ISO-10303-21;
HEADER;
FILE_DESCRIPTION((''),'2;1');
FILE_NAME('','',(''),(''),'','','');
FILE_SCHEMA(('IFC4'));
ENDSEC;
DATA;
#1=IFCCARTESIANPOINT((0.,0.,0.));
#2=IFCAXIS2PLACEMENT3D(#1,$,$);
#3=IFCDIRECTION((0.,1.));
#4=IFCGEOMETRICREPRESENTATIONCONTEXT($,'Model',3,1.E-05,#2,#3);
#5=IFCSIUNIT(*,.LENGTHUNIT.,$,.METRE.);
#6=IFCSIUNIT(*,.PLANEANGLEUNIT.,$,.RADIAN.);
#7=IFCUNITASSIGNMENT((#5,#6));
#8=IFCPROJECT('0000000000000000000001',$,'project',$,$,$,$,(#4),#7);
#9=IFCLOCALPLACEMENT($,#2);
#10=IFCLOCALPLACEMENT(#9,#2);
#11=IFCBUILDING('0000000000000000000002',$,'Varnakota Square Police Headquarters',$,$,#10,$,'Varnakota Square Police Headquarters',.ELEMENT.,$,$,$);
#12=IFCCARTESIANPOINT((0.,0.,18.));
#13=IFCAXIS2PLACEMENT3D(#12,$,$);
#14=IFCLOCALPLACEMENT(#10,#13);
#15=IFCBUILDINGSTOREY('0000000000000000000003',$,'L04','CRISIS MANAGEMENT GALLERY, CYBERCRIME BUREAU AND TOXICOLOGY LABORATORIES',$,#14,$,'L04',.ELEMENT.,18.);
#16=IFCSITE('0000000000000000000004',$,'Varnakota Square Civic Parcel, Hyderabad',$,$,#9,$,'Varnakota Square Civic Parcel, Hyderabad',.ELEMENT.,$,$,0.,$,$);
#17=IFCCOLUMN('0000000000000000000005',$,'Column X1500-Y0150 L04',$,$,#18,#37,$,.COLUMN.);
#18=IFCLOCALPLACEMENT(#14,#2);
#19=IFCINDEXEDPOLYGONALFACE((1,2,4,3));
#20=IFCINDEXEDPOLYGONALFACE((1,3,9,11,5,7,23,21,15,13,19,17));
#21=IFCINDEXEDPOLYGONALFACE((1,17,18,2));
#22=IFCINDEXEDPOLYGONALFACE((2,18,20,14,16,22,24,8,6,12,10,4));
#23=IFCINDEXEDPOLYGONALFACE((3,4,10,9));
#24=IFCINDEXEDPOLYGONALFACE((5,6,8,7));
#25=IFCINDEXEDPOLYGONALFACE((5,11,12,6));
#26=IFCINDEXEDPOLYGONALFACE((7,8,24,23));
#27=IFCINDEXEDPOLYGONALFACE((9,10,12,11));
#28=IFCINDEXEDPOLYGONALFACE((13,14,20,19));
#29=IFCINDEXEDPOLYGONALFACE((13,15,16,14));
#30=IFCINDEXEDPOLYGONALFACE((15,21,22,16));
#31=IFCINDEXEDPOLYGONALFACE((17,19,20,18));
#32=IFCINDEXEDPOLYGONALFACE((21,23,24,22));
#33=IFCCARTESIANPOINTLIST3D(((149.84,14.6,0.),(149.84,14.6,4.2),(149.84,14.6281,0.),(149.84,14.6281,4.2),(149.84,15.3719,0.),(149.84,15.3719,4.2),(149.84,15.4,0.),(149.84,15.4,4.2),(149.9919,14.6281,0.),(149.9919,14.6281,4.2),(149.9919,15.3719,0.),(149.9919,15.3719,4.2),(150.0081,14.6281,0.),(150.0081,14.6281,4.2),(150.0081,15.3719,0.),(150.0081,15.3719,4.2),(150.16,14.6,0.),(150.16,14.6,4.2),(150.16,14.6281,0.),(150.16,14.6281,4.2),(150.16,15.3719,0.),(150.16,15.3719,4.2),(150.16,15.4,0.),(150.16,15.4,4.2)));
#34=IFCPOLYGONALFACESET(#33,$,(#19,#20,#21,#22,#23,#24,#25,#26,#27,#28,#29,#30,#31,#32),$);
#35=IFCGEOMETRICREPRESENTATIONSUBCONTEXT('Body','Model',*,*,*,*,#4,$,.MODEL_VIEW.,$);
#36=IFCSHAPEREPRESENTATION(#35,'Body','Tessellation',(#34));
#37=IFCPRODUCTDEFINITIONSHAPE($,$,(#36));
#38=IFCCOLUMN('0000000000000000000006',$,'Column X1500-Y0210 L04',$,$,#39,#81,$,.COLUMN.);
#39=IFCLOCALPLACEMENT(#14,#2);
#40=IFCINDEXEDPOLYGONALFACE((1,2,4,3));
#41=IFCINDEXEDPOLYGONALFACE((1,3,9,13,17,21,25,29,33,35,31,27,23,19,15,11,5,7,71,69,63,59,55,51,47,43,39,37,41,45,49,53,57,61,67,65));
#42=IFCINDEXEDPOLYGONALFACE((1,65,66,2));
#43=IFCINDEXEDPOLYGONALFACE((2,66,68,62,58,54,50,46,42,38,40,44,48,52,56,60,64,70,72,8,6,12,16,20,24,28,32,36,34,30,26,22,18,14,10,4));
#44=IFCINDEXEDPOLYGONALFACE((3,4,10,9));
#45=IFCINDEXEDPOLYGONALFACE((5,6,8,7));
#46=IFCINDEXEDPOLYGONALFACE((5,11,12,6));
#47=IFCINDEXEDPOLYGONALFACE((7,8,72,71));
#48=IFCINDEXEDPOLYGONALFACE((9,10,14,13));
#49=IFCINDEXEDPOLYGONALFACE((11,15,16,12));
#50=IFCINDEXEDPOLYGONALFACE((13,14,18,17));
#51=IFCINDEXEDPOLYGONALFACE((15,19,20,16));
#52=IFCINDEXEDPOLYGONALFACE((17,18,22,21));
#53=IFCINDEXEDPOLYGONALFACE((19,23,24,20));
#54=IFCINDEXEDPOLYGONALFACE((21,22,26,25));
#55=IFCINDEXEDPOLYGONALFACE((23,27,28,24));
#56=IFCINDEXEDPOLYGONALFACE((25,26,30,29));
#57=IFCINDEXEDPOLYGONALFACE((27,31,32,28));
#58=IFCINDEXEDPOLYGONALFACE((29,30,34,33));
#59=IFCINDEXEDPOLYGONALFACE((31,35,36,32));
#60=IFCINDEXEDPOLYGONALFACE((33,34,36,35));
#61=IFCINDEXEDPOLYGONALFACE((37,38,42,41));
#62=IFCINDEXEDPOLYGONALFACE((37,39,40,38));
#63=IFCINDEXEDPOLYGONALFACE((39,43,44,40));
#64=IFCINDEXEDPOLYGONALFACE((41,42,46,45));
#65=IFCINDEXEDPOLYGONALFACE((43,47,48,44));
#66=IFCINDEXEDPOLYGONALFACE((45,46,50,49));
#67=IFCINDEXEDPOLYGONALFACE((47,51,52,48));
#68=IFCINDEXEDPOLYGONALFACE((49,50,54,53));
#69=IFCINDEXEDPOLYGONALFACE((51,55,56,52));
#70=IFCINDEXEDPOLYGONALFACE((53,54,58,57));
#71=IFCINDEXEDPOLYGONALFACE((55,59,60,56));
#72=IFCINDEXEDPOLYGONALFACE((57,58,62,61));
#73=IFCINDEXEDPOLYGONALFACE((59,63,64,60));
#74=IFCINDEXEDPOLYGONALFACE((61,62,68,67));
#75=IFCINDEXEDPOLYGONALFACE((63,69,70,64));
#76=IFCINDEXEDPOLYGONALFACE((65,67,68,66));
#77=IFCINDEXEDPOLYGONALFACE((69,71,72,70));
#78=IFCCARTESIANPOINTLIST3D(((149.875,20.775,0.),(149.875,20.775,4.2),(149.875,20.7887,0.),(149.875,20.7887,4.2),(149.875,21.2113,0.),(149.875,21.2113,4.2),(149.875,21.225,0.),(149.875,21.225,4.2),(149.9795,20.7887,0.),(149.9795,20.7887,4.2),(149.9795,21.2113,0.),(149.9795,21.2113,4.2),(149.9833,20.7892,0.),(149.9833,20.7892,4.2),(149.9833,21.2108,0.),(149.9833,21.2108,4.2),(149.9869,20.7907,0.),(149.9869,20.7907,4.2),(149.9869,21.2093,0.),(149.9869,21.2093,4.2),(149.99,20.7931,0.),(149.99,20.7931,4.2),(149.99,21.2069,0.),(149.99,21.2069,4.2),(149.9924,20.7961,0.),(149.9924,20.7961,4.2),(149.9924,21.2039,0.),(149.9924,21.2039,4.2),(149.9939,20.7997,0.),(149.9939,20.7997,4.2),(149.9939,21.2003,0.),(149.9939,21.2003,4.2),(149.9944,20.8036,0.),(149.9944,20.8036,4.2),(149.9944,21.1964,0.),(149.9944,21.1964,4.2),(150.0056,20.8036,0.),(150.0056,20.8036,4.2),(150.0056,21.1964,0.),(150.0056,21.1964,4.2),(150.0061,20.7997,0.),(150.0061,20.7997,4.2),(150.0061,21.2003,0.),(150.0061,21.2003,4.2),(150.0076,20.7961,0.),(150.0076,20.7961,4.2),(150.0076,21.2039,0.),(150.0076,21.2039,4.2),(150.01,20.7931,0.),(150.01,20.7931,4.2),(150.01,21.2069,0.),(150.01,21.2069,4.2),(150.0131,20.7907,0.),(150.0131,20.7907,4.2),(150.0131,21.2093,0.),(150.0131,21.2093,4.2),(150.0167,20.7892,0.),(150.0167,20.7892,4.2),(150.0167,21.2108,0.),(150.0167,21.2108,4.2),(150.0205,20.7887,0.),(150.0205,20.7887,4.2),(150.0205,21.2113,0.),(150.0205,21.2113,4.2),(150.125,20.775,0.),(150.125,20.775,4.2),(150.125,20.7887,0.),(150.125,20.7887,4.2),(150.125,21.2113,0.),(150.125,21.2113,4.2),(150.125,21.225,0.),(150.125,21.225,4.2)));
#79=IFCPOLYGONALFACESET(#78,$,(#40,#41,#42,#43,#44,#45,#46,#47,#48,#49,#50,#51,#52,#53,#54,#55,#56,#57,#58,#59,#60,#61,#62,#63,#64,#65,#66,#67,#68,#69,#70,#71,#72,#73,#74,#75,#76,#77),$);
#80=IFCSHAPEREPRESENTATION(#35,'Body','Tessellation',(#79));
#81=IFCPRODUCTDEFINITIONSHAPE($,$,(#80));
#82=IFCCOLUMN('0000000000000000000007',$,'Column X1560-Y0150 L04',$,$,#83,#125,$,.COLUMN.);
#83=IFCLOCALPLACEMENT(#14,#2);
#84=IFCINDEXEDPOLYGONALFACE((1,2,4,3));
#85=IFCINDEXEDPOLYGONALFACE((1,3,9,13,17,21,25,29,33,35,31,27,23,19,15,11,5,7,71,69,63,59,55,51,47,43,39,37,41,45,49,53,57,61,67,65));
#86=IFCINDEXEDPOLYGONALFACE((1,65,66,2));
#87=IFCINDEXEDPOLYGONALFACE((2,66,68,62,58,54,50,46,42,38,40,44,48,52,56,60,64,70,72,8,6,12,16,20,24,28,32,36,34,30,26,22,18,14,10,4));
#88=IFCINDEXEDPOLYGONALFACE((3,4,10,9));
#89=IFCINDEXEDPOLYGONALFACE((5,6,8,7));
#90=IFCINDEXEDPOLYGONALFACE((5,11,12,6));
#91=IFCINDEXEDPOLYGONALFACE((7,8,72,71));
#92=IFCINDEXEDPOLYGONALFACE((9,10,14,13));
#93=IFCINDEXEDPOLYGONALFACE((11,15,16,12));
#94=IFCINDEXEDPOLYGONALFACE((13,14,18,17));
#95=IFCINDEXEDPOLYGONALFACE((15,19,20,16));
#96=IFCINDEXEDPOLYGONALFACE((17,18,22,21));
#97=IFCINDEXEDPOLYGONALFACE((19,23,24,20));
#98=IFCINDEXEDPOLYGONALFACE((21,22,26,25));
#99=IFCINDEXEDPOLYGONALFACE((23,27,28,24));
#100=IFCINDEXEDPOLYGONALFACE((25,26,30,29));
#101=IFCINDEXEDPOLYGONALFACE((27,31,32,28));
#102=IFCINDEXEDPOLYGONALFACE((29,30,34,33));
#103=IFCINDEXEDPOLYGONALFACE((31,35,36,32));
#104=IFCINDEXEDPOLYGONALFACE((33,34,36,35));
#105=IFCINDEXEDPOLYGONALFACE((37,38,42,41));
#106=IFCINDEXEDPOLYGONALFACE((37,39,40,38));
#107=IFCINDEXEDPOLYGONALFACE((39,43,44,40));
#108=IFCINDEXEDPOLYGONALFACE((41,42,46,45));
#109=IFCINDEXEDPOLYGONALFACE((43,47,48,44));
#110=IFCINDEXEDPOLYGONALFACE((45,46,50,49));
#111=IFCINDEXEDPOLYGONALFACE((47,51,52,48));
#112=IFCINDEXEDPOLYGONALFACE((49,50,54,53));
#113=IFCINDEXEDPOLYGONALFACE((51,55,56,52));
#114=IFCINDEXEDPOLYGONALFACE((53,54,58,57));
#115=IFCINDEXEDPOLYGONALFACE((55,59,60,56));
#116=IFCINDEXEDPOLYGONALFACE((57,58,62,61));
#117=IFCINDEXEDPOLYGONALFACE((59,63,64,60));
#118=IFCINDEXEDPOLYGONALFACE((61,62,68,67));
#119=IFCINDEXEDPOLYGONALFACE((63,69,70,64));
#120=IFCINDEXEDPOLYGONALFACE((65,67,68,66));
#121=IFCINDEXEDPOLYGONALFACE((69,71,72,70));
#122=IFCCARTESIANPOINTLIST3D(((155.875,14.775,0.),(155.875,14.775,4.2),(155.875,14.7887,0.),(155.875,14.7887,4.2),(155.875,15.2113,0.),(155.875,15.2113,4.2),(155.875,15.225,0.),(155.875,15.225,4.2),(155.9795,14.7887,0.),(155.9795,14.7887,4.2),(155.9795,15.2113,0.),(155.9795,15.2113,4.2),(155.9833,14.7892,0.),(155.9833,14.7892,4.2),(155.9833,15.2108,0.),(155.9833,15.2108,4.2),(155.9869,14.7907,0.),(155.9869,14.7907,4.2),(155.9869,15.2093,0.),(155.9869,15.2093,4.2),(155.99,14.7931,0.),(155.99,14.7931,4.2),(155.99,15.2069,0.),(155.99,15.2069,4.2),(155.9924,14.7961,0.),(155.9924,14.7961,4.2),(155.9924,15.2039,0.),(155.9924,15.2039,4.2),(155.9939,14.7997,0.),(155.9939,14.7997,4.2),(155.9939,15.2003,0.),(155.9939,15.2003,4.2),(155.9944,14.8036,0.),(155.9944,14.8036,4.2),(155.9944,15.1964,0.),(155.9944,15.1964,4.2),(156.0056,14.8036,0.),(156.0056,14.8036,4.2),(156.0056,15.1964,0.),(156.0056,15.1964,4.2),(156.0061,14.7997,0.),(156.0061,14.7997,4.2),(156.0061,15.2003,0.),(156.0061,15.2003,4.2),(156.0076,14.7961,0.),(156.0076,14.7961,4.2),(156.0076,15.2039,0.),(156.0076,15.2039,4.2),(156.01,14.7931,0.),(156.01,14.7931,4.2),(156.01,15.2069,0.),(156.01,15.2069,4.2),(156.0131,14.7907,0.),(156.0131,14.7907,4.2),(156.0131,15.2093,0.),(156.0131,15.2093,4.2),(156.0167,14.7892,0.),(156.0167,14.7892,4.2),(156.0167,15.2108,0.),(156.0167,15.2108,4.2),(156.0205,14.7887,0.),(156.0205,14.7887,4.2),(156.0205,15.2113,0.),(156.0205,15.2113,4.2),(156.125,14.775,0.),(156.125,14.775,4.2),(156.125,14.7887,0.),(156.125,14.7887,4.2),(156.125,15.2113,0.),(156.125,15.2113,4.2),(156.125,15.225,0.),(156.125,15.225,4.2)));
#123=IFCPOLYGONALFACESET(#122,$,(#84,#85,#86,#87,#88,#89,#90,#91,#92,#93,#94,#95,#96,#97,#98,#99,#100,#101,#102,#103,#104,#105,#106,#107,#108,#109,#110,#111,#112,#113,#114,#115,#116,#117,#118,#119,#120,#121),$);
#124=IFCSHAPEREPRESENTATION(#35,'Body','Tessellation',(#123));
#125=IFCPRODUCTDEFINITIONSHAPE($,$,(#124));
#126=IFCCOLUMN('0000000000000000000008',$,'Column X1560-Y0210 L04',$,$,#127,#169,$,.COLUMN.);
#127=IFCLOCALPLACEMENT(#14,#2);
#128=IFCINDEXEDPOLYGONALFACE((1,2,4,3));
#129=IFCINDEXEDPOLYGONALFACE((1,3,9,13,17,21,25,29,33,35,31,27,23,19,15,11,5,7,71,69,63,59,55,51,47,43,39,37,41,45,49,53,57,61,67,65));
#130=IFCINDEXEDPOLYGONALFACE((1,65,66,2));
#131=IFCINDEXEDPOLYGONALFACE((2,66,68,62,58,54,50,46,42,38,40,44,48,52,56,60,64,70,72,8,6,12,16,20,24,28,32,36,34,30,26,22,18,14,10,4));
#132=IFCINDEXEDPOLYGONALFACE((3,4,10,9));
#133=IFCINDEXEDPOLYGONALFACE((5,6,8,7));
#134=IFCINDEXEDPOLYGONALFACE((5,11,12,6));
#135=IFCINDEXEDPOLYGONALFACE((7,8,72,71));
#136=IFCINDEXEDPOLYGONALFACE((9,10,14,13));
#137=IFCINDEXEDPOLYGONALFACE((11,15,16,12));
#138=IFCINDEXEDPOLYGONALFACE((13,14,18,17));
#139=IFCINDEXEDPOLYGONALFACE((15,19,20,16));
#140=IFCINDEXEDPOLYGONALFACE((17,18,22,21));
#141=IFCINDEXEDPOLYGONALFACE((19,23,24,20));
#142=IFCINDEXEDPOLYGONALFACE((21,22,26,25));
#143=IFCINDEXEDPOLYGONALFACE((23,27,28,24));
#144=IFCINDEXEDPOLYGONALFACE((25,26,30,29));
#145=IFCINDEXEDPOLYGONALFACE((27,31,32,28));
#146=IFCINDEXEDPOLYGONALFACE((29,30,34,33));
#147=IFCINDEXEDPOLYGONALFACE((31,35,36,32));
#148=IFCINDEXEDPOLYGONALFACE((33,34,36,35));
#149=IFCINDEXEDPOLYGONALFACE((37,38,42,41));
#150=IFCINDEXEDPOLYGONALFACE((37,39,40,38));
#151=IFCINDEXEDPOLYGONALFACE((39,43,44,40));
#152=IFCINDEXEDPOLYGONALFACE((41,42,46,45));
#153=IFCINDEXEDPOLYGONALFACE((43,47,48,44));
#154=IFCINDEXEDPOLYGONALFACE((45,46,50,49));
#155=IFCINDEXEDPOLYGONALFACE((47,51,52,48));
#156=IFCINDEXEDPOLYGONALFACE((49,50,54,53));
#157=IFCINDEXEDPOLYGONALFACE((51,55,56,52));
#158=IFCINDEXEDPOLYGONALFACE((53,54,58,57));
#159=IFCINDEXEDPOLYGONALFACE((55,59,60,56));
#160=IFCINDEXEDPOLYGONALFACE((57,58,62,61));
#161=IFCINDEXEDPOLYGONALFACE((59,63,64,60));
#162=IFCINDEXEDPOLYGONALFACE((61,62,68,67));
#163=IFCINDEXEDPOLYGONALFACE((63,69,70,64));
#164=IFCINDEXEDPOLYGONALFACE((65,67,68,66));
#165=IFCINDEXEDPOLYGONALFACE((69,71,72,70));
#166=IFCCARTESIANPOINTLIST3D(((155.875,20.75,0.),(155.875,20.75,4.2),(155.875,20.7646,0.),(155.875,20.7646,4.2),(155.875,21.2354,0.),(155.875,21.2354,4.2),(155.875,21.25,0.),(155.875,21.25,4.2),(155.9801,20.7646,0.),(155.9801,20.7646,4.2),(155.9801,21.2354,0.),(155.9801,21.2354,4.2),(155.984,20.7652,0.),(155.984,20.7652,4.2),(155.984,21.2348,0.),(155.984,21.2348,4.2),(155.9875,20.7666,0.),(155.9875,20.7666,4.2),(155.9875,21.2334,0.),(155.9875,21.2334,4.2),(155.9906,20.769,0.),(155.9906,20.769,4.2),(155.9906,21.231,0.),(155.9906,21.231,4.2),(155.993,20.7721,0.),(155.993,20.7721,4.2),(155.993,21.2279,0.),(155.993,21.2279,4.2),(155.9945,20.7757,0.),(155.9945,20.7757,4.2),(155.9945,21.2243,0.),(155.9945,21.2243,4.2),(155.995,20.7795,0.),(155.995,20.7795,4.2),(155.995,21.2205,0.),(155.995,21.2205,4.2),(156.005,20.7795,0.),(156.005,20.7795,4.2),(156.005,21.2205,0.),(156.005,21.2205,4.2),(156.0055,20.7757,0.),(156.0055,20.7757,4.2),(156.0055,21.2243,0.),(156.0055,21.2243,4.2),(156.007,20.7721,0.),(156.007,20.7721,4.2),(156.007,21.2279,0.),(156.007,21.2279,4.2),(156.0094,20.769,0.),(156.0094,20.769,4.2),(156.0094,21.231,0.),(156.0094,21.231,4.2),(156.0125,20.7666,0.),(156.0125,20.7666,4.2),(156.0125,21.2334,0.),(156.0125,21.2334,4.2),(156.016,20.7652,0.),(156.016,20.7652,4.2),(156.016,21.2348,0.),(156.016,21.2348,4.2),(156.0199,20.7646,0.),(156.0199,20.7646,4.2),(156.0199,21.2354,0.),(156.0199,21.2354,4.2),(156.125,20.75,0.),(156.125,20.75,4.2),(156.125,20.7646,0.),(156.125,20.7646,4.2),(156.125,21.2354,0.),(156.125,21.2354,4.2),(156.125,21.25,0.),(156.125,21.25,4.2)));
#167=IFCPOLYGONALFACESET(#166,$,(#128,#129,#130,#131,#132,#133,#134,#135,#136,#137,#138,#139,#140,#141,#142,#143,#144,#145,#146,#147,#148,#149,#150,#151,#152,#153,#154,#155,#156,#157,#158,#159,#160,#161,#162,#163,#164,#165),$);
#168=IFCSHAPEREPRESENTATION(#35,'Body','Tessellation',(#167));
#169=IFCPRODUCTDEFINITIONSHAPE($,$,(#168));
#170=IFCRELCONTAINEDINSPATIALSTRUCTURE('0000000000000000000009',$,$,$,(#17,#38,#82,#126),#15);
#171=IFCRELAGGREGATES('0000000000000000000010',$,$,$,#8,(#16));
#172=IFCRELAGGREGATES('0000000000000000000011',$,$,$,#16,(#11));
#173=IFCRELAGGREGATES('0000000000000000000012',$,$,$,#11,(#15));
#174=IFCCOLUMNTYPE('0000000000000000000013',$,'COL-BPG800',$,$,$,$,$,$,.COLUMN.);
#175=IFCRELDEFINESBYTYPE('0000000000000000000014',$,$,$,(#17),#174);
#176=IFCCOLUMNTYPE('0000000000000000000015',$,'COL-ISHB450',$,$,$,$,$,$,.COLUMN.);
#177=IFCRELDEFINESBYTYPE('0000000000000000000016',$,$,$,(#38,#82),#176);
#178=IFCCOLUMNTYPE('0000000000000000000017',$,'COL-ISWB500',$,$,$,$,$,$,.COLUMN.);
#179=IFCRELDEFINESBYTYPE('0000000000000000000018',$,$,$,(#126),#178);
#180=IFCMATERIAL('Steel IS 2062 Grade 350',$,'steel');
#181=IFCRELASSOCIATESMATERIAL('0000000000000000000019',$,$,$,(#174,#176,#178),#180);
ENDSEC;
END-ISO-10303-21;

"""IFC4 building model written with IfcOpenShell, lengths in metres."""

from ifc_helpers import new_model, si_unit, direction, frame, origin, origin_2d, place, context, subcontext, project, spatial, i_section, extrude, material, material_profile, profile_set, type_object, element, save


model = new_model("IFC4")

# Units and contexts
model_context = context("Model", 3, precision=1e-05, world=origin(), true_north=direction((0.0, 1.0)))
body_context = subcontext(model_context, "Body", "Model", "MODEL_VIEW")
ifc_project = project(units=[si_unit("LENGTHUNIT", "METRE"), si_unit("PLANEANGLEUNIT", "RADIAN")], contexts=[model_context])

# Site, building, storey
site_placement = place(None, origin())
site = spatial("IfcSite", under=ifc_project, at=site_placement, Name="Varnakota Square Civic Parcel, Hyderabad", LongName="Varnakota Square Civic Parcel, Hyderabad", CompositionType="ELEMENT", RefElevation=0.0)
building_placement = place(site_placement, origin())
building = spatial("IfcBuilding", under=site, at=building_placement, Name="Varnakota Square Police Headquarters", LongName="Varnakota Square Police Headquarters", CompositionType="ELEMENT")
storey_placement = place(building_placement, frame((0.0, 0.0, 18.0)))
storey = spatial("IfcBuildingStorey", under=building, at=storey_placement, Name="L04", Description="CRISIS MANAGEMENT GALLERY, CYBERCRIME BUREAU AND TOXICOLOGY LABORATORIES", LongName="L04", CompositionType="ELEMENT", Elevation=18.0)

# Columns
ifc_material_1 = material(Name="Steel IS 2062 Grade 350", Category="steel")
ifc_material_profile_1 = material_profile(ifc_material_1, i_section(OverallWidth=0.3201, OverallDepth=0.8, WebThickness=0.0161, FlangeThickness=0.0281, at=origin_2d()), Name="BPG 800x320")
ifc_profile_set_1 = profile_set([ifc_material_profile_1], Name="Steel IS 2062 Grade 350")
column_type_1 = type_object("IfcColumnType", Name="COL-BPG800", PredefinedType="COLUMN", material=ifc_profile_set_1)
column_1_placement = place(storey_placement, frame((150.0, 15.0, 0.0), z_axis=(0.0, 0.0, 1.0), x_axis=(1.0, 0.0, 0.0)))
element("IfcColumn", 1, at=column_1_placement, inside=storey, type_object=column_type_1, Name="Column X1500-Y0150 L04", PredefinedType="COLUMN", context=body_context, shape_type="SweptSolid", body=[
    extrude(i_section(OverallWidth=0.3201, OverallDepth=0.8, WebThickness=0.0161, FlangeThickness=0.0281, at=origin_2d()), origin(), (0.0, 0.0, 1.0), 4.2),
])
ifc_material_profile_2 = material_profile(ifc_material_1, i_section(OverallWidth=0.25, OverallDepth=0.45, WebThickness=0.0112, FlangeThickness=0.0137, FilletRadius=0.0149, at=origin_2d()), Name="ISHB 450")
ifc_profile_set_2 = profile_set([ifc_material_profile_2], Name="Steel IS 2062 Grade 350")
column_type_2 = type_object("IfcColumnType", Name="COL-ISHB450", PredefinedType="COLUMN", material=ifc_profile_set_2)
for number, where, z_axis, x_axis, name in (
    (2, (150.0, 21.0, 0.0), (0.0, 0.0, 1.0), (1.0, 0.0, 0.0), "Column X1500-Y0210 L04"),
    (3, (156.0, 15.0, 0.0), (0.0, 0.0, 1.0), (1.0, 0.0, 0.0), "Column X1560-Y0150 L04"),
):
    element("IfcColumn", number, at=place(storey_placement, frame(where, z_axis=z_axis, x_axis=x_axis)), inside=storey, type_object=column_type_2, Name=name, PredefinedType="COLUMN", context=body_context, shape_type="SweptSolid", body=[
        extrude(i_section(OverallWidth=0.25, OverallDepth=0.45, WebThickness=0.0112, FlangeThickness=0.0137, FilletRadius=0.0149, at=origin_2d()), origin(), (0.0, 0.0, 1.0), 4.2),
    ])
ifc_material_profile_3 = material_profile(ifc_material_1, i_section(OverallWidth=0.25, OverallDepth=0.5, WebThickness=0.01, FlangeThickness=0.0146, FilletRadius=0.0149, at=origin_2d()), Name="ISWB 500")
ifc_profile_set_3 = profile_set([ifc_material_profile_3], Name="Steel IS 2062 Grade 350")
column_type_3 = type_object("IfcColumnType", Name="COL-ISWB500", PredefinedType="COLUMN", material=ifc_profile_set_3)
column_2_placement = place(storey_placement, frame((156.0, 21.0, 0.0), z_axis=(0.0, 0.0, 1.0), x_axis=(1.0, 0.0, 0.0)))
element("IfcColumn", 4, at=column_2_placement, inside=storey, type_object=column_type_3, Name="Column X1560-Y0210 L04", PredefinedType="COLUMN", context=body_context, shape_type="SweptSolid", body=[
    extrude(i_section(OverallWidth=0.25, OverallDepth=0.5, WebThickness=0.01, FlangeThickness=0.0146, FilletRadius=0.0149, at=origin_2d()), origin(), (0.0, 0.0, 1.0), 4.2),
])

save(model, "model.ifc")
